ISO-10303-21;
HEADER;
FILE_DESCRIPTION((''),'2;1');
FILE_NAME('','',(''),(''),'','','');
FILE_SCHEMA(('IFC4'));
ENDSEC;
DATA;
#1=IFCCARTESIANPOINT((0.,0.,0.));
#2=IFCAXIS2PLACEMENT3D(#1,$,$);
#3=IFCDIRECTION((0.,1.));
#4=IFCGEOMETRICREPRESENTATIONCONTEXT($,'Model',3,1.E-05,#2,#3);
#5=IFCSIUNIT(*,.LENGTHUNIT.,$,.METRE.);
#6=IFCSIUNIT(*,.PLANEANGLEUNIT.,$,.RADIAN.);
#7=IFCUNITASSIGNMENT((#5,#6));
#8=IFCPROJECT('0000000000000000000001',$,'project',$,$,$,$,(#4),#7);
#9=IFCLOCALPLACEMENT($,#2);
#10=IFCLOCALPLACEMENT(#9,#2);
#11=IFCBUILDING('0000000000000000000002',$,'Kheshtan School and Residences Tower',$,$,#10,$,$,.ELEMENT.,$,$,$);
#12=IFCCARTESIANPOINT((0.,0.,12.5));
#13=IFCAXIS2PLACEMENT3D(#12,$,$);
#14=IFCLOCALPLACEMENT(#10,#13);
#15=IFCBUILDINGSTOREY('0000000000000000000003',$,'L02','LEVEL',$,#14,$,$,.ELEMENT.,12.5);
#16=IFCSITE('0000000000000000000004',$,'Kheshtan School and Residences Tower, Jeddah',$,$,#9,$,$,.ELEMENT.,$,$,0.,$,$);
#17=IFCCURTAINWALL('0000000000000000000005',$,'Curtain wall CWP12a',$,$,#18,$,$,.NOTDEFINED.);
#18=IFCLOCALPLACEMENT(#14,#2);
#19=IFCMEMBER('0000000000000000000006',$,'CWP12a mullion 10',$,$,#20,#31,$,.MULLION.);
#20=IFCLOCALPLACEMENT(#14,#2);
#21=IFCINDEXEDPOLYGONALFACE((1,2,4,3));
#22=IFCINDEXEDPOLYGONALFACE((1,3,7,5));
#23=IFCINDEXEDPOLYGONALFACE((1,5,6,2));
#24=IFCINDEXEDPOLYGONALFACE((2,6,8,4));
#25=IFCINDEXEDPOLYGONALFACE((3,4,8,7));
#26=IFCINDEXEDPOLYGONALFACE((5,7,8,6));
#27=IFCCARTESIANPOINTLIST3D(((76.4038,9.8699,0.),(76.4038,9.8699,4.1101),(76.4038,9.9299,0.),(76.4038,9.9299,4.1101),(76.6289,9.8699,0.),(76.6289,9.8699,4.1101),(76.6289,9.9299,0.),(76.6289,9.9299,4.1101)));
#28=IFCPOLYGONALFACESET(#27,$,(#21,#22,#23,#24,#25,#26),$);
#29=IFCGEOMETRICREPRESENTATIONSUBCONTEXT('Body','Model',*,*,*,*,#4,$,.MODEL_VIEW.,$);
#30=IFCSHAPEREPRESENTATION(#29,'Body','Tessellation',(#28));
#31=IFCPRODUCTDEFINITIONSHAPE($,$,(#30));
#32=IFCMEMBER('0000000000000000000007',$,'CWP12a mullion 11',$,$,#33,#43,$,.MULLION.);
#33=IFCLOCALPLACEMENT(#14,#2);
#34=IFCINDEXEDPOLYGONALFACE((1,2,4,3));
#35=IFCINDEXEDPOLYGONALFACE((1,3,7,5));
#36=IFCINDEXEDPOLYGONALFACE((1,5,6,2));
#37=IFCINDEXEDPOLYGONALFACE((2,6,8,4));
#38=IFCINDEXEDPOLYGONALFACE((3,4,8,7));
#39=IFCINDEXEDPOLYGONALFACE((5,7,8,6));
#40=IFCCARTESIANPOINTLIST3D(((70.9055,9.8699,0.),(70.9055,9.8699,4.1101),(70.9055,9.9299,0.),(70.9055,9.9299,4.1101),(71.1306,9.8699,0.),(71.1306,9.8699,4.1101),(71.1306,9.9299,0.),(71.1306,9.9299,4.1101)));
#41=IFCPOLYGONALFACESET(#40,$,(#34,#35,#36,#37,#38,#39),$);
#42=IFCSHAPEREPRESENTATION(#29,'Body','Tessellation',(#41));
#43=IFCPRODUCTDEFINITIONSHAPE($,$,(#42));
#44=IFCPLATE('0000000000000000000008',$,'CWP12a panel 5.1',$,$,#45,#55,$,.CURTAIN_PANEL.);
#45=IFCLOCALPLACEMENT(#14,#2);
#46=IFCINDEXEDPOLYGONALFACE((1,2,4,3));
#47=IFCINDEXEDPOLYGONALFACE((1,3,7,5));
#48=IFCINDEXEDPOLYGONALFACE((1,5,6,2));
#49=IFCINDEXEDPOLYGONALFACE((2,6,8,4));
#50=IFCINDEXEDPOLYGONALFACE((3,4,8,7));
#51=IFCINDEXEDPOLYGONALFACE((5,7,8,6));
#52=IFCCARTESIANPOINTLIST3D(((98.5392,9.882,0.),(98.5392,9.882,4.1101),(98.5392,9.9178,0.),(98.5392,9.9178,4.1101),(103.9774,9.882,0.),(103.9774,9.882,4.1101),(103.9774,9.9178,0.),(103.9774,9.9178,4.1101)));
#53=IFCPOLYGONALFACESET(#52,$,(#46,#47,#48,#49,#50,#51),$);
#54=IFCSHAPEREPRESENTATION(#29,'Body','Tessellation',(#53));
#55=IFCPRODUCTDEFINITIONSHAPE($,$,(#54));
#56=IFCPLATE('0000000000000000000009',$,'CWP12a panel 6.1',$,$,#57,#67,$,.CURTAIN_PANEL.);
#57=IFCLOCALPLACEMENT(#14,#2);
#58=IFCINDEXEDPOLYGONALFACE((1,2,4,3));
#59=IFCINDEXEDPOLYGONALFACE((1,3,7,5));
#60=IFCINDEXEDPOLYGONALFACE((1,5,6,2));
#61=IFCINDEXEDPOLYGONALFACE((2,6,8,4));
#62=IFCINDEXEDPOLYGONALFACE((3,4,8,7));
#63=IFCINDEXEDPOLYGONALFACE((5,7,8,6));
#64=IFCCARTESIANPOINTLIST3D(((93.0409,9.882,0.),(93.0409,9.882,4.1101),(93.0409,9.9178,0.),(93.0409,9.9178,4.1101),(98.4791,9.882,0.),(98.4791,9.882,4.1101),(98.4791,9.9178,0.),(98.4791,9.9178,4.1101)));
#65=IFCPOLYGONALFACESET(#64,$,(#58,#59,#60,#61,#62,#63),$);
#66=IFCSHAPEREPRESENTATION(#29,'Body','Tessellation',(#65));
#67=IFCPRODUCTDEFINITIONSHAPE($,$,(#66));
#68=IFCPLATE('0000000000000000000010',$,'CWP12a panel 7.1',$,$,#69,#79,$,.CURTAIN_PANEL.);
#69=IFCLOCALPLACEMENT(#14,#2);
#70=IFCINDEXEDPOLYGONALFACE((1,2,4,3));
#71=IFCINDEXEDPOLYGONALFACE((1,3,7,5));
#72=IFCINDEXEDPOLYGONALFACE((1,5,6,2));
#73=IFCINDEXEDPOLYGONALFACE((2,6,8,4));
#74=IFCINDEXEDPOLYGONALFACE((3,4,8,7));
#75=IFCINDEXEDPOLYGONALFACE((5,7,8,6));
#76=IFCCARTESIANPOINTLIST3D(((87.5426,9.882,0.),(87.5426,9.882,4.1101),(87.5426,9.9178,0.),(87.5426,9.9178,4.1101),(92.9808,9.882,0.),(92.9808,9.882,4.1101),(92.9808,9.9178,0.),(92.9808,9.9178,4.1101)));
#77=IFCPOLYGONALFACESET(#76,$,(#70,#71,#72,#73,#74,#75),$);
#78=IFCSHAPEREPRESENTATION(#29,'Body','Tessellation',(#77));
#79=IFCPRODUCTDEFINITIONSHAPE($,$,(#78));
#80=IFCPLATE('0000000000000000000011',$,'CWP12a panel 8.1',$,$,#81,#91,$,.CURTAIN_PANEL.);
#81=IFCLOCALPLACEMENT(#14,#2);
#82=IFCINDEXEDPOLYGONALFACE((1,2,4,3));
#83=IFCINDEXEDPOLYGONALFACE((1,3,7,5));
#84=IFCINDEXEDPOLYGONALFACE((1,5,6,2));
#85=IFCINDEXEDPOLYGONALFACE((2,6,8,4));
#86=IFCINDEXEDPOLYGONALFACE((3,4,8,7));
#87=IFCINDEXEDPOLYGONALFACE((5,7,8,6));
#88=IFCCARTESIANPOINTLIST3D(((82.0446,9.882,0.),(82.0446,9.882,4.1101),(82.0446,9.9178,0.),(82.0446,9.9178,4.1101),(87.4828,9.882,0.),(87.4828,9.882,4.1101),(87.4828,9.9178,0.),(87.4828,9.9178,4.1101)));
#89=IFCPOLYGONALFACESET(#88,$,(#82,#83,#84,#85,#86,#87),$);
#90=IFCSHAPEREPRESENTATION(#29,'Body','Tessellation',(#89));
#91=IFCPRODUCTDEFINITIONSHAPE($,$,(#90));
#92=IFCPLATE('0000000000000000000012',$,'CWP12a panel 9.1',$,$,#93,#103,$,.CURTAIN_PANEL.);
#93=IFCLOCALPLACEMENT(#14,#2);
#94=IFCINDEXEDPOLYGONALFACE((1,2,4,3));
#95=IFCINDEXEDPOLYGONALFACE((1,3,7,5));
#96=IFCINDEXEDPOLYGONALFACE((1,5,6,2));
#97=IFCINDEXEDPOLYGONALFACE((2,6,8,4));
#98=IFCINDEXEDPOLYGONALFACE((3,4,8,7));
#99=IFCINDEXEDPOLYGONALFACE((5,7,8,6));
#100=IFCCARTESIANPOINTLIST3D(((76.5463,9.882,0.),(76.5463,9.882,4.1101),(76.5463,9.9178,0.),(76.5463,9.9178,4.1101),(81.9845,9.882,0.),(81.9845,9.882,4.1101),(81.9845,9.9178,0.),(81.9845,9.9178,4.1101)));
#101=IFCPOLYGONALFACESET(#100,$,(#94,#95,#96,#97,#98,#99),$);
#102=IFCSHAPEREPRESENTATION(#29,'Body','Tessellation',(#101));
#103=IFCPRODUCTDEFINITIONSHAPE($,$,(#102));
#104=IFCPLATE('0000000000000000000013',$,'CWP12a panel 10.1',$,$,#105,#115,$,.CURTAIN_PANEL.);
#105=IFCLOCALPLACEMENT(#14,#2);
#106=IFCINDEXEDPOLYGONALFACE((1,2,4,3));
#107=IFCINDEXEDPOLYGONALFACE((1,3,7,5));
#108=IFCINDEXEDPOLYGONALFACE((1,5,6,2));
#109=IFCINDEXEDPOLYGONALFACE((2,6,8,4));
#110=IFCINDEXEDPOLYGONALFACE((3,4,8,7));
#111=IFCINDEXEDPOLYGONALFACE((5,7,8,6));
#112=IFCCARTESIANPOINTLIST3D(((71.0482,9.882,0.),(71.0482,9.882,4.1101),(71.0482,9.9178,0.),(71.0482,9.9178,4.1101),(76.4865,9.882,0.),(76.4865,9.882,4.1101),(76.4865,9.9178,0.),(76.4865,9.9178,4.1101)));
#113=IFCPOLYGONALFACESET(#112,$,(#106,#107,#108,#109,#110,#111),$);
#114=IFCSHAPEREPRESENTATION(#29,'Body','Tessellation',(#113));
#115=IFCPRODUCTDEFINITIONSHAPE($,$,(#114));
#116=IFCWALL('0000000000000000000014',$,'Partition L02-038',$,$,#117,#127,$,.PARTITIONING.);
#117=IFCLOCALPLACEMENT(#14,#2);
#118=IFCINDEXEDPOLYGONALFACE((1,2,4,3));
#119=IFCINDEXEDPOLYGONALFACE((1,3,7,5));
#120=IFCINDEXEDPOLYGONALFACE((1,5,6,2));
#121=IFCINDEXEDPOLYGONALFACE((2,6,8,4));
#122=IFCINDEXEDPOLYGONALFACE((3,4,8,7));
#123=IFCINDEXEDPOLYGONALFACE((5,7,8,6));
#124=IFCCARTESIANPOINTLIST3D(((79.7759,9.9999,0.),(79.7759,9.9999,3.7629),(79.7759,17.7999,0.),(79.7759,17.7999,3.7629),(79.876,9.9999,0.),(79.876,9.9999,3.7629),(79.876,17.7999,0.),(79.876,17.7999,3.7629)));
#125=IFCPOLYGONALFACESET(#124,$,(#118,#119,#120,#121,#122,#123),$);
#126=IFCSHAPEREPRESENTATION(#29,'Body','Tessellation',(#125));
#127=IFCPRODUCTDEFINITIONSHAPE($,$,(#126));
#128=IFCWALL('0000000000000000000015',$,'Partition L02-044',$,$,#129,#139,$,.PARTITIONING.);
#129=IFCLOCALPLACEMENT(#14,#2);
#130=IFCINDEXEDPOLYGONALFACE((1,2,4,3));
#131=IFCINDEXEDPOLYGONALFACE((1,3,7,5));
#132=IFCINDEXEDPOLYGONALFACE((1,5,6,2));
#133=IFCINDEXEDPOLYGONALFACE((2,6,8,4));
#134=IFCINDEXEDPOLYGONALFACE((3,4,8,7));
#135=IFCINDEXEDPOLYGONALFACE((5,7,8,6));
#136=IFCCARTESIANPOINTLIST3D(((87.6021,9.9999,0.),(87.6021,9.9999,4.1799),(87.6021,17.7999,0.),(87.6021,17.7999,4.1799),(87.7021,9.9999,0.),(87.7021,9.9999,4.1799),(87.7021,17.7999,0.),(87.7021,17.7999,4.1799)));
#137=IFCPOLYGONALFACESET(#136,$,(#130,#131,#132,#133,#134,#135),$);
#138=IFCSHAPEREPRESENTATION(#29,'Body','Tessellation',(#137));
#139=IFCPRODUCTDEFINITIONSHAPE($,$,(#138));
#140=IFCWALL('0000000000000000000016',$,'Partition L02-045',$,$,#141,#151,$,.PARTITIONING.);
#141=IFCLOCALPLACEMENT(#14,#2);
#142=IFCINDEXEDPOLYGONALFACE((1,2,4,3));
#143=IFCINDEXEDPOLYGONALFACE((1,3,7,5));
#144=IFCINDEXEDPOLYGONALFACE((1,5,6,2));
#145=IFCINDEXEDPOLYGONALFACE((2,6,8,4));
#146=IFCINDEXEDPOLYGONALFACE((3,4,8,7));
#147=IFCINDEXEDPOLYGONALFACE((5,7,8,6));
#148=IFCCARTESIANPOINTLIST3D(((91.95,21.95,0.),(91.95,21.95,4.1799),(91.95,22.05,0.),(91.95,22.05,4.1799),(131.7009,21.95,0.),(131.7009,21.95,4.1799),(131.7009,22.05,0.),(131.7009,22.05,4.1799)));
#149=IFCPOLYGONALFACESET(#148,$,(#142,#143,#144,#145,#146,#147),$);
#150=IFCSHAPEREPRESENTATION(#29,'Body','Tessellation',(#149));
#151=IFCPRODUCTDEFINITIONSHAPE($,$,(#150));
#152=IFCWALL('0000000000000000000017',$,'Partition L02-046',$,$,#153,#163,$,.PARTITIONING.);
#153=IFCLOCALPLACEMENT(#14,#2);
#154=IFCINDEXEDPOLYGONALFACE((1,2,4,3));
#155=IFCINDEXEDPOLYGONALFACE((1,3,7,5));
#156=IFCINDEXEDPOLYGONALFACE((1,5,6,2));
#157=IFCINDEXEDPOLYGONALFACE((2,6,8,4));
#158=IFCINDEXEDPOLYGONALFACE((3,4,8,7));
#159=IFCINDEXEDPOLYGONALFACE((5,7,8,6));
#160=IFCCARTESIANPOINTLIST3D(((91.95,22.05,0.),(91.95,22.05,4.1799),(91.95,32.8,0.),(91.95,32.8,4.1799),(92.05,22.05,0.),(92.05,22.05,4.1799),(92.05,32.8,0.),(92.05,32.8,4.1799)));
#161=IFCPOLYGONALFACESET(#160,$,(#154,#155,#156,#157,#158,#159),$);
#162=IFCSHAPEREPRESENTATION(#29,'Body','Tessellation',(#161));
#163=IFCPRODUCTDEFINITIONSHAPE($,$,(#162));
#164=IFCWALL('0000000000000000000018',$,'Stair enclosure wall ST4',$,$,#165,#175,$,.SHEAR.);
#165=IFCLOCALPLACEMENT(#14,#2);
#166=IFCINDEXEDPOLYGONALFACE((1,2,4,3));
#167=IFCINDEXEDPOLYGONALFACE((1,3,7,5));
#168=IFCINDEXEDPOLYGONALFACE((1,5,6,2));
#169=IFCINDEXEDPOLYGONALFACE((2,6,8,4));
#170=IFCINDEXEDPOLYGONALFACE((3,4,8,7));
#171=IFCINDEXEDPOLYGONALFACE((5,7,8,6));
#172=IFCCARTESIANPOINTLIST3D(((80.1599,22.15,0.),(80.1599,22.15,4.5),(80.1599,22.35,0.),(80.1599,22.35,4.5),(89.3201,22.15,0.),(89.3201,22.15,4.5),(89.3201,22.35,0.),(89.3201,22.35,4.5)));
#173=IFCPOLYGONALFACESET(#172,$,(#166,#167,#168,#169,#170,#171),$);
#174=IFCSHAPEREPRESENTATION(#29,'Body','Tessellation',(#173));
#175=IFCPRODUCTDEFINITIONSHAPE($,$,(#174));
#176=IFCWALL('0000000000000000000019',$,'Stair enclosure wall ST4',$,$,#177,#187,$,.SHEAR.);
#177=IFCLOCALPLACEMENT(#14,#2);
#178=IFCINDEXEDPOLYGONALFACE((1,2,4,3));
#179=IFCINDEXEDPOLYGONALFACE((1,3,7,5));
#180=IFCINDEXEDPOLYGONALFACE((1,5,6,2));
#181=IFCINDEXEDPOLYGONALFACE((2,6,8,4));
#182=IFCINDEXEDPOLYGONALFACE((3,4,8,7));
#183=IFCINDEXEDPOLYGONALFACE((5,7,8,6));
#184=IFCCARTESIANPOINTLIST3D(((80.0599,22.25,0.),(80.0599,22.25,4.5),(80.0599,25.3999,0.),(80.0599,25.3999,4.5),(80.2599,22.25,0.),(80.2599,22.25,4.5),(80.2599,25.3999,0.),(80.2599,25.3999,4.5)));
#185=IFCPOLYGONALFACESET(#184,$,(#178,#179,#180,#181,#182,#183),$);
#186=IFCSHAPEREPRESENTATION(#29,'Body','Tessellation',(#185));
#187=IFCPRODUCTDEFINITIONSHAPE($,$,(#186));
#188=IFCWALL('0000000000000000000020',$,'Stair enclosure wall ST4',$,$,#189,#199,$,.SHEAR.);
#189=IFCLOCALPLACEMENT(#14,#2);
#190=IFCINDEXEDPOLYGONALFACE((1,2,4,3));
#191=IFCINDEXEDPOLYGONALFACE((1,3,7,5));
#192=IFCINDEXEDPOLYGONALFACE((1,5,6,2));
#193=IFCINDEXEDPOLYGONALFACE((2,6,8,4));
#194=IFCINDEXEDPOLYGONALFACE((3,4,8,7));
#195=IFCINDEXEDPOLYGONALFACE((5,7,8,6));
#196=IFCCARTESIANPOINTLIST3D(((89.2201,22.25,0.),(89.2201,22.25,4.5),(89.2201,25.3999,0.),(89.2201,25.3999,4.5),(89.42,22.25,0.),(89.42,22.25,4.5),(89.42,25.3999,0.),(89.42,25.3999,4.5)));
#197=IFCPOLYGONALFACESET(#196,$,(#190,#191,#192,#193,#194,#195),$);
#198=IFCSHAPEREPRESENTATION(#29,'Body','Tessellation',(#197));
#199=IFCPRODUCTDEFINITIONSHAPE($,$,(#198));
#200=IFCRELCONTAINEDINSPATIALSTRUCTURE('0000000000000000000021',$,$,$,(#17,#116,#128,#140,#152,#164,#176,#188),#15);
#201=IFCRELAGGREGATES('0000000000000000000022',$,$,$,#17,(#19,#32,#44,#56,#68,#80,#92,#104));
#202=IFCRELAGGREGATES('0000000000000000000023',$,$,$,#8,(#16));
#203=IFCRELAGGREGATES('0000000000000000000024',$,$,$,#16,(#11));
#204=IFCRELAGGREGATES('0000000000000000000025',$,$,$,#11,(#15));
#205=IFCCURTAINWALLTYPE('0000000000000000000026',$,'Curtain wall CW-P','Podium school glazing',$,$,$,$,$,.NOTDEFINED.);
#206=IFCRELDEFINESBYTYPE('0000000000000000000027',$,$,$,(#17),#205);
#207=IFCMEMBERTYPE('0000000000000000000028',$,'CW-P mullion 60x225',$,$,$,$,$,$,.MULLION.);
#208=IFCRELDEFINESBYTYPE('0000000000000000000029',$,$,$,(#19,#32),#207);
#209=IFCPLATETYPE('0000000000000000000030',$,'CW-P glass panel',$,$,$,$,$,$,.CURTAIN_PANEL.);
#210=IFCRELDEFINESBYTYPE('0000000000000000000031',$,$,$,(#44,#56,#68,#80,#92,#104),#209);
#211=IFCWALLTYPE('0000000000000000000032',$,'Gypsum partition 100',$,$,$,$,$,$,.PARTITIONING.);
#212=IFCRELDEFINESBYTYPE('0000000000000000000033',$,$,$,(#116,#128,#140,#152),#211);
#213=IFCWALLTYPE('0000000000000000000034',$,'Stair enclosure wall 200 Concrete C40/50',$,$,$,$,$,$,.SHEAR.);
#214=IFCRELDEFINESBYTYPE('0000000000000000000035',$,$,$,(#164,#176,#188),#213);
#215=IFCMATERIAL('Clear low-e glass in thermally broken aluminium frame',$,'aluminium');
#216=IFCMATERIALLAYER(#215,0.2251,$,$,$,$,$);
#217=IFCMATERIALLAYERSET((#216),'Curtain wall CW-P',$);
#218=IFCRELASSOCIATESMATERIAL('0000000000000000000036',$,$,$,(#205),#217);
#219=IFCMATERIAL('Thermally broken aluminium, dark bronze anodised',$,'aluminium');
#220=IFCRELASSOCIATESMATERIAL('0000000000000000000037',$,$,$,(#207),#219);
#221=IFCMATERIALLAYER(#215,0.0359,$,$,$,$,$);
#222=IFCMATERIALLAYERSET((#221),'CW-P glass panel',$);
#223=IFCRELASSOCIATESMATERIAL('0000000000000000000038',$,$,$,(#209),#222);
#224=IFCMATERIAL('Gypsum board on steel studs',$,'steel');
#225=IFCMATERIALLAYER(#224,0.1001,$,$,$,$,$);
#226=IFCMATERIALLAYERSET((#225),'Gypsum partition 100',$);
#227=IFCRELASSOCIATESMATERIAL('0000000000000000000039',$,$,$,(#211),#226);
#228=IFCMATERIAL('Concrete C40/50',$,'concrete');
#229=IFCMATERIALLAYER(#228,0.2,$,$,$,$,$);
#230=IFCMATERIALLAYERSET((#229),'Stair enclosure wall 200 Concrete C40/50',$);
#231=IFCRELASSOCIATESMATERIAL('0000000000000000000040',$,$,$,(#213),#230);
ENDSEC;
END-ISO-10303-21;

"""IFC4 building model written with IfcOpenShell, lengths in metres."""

from ifc_helpers import new_model, si_unit, direction, frame, frame_2d, origin, origin_2d, place, context, subcontext, project, spatial, rectangle, extrude, material, layer, layer_set, material_profile, profile_set, type_object, element, aggregate, save


model = new_model("IFC4")

# Units and contexts
model_context = context("Model", 3, precision=1e-05, world=origin(), true_north=direction((0.0, 1.0)))
body_context = subcontext(model_context, "Body", "Model", "MODEL_VIEW")
ifc_project = project(units=[si_unit("LENGTHUNIT", "METRE"), si_unit("PLANEANGLEUNIT", "RADIAN")], contexts=[model_context])

# Site, building, storey
site_placement = place(None, origin())
site = spatial("IfcSite", under=ifc_project, at=site_placement, Name="Kheshtan School and Residences Tower, Jeddah", CompositionType="ELEMENT", RefElevation=0.0)
building_placement = place(site_placement, origin())
building = spatial("IfcBuilding", under=site, at=building_placement, Name="Kheshtan School and Residences Tower", CompositionType="ELEMENT")
storey_placement = place(building_placement, frame((0.0, 0.0, 12.5)))
storey = spatial("IfcBuildingStorey", under=building, at=storey_placement, Name="L02", Description="LEVEL", CompositionType="ELEMENT", Elevation=12.5)

# Curtain wall, members, plates
ifc_material_1 = material(Name="Clear low-e glass in thermally broken aluminium frame", Category="aluminium")
ifc_layer_1 = layer(ifc_material_1, 0.2251)
ifc_layer_set_1 = layer_set([ifc_layer_1], Name="Curtain wall CW-P")
curtain_wall_type = type_object("IfcCurtainWallType", Name="Curtain wall CW-P", Description="Podium school glazing", PredefinedType="NOTDEFINED", material=ifc_layer_set_1)
curtain_wall_placement = place(storey_placement, origin())
curtain_wall = element("IfcCurtainWall", 1, at=curtain_wall_placement, inside=storey, type_object=curtain_wall_type, Name="Curtain wall CWP12a", PredefinedType="NOTDEFINED")
ifc_material_2 = material(Name="Thermally broken aluminium, dark bronze anodised", Category="aluminium")
ifc_material_profile_1 = material_profile(ifc_material_2, rectangle(XDim=0.0601, YDim=0.2251, at=origin_2d()), Name="CW-P mullion 60x225")
ifc_profile_set_1 = profile_set([ifc_material_profile_1], Name="Thermally broken aluminium, dark bronze anodised")
member_type = type_object("IfcMemberType", Name="CW-P mullion 60x225", PredefinedType="MULLION", material=ifc_profile_set_1)
member_1_placement = place(storey_placement, frame((76.5164, 9.8999, 0.0), z_axis=(0.0, 0.0, 1.0), x_axis=(0.0, -1.0, 0.0)))
member_1 = element("IfcMember", 2, at=member_1_placement, type_object=member_type, Name="CWP12a mullion 10", PredefinedType="MULLION", context=body_context, shape_type="SweptSolid", body=[
    extrude(rectangle(XDim=0.0601, YDim=0.2251, at=origin_2d()), origin(), (0.0, 0.0, 1.0), 4.1101),
])
member_2_placement = place(storey_placement, frame((71.0181, 9.8999, 0.0), z_axis=(0.0, 0.0, 1.0), x_axis=(0.0, -1.0, 0.0)))
member_2 = element("IfcMember", 3, at=member_2_placement, type_object=member_type, Name="CWP12a mullion 11", PredefinedType="MULLION", context=body_context, shape_type="SweptSolid", body=[
    extrude(rectangle(XDim=0.0601, YDim=0.2251, at=origin_2d()), origin(), (0.0, 0.0, 1.0), 4.1101),
])
ifc_layer_2 = layer(ifc_material_1, 0.0359)
ifc_layer_set_2 = layer_set([ifc_layer_2], Name="CW-P glass panel")
plate_type = type_object("IfcPlateType", Name="CW-P glass panel", PredefinedType="CURTAIN_PANEL", material=ifc_layer_set_2)
plate_1_placement = place(storey_placement, frame((101.2583, 9.8999, 0.0), z_axis=(0.0, 0.0, 1.0), x_axis=(-1.0, 0.0, 0.0)))
plate_1 = element("IfcPlate", 4, at=plate_1_placement, type_object=plate_type, Name="CWP12a panel 5.1", PredefinedType="CURTAIN_PANEL", context=body_context, shape_type="SweptSolid", body=[
    extrude(rectangle(XDim=5.4382, YDim=0.0359, at=origin_2d()), origin(), (0.0, 0.0, 1.0), 4.1101),
])
plate_2_placement = place(storey_placement, frame((95.76, 9.8999, 0.0), z_axis=(0.0, 0.0, 1.0), x_axis=(-1.0, 0.0, 0.0)))
plate_2 = element("IfcPlate", 5, at=plate_2_placement, type_object=plate_type, Name="CWP12a panel 6.1", PredefinedType="CURTAIN_PANEL", context=body_context, shape_type="SweptSolid", body=[
    extrude(rectangle(XDim=5.4382, YDim=0.0359, at=origin_2d()), origin(), (0.0, 0.0, 1.0), 4.1101),
])
plate_3_placement = place(storey_placement, frame((90.2617, 9.8999, 0.0), z_axis=(0.0, 0.0, 1.0), x_axis=(-1.0, 0.0, 0.0)))
plate_3 = element("IfcPlate", 6, at=plate_3_placement, type_object=plate_type, Name="CWP12a panel 7.1", PredefinedType="CURTAIN_PANEL", context=body_context, shape_type="SweptSolid", body=[
    extrude(rectangle(XDim=5.4382, YDim=0.0359, at=origin_2d()), origin(), (0.0, 0.0, 1.0), 4.1101),
])
plate_4_placement = place(storey_placement, frame((84.7637, 9.8999, 0.0), z_axis=(0.0, 0.0, 1.0), x_axis=(-1.0, 0.0, 0.0)))
plate_4 = element("IfcPlate", 7, at=plate_4_placement, type_object=plate_type, Name="CWP12a panel 8.1", PredefinedType="CURTAIN_PANEL", context=body_context, shape_type="SweptSolid", body=[
    extrude(rectangle(XDim=5.4382, YDim=0.0359, at=origin_2d()), origin(), (0.0, 0.0, 1.0), 4.1101),
])
plate_5_placement = place(storey_placement, frame((79.2654, 9.8999, 0.0), z_axis=(0.0, 0.0, 1.0), x_axis=(-1.0, 0.0, 0.0)))
plate_5 = element("IfcPlate", 8, at=plate_5_placement, type_object=plate_type, Name="CWP12a panel 9.1", PredefinedType="CURTAIN_PANEL", context=body_context, shape_type="SweptSolid", body=[
    extrude(rectangle(XDim=5.4382, YDim=0.0359, at=origin_2d()), origin(), (0.0, 0.0, 1.0), 4.1101),
])
plate_6_placement = place(storey_placement, frame((73.7673, 9.8999, 0.0), z_axis=(0.0, 0.0, 1.0), x_axis=(-1.0, 0.0, 0.0)))
plate_6 = element("IfcPlate", 9, at=plate_6_placement, type_object=plate_type, Name="CWP12a panel 10.1", PredefinedType="CURTAIN_PANEL", context=body_context, shape_type="SweptSolid", body=[
    extrude(rectangle(XDim=5.4382, YDim=0.0359, at=origin_2d()), origin(), (0.0, 0.0, 1.0), 4.1101),
])
aggregate(curtain_wall, [member_1, member_2, plate_1, plate_2, plate_3, plate_4, plate_5, plate_6])

# Walls
ifc_material_3 = material(Name="Gypsum board on steel studs", Category="steel")
ifc_layer_3 = layer(ifc_material_3, 0.1001)
ifc_layer_set_3 = layer_set([ifc_layer_3], Name="Gypsum partition 100")
wall_type_1 = type_object("IfcWallType", Name="Gypsum partition 100", PredefinedType="PARTITIONING", material=ifc_layer_set_3)
wall_1_placement = place(storey_placement, frame((79.8259, 10.0, 0.0), z_axis=(0.0, 0.0, 1.0), x_axis=(0.0, 1.0, 0.0)))
element("IfcWall", 10, at=wall_1_placement, inside=storey, type_object=wall_type_1, Name="Partition L02-038", PredefinedType="PARTITIONING", context=body_context, shape_type="SweptSolid", body=[
    extrude(rectangle(XDim=7.8, YDim=0.1001, at=frame_2d((3.8999, 0.0))), origin(), (0.0, 0.0, 1.0), 3.7629),
])
wall_2_placement = place(storey_placement, frame((87.6521, 10.0, 0.0), z_axis=(0.0, 0.0, 1.0), x_axis=(0.0, 1.0, 0.0)))
element("IfcWall", 11, at=wall_2_placement, inside=storey, type_object=wall_type_1, Name="Partition L02-044", PredefinedType="PARTITIONING", context=body_context, shape_type="SweptSolid", body=[
    extrude(rectangle(XDim=7.8, YDim=0.1001, at=frame_2d((3.8999, 0.0))), origin(), (0.0, 0.0, 1.0), 4.1799),
])
wall_3_placement = place(storey_placement, frame((91.95, 22.0, 0.0), z_axis=(0.0, 0.0, 1.0), x_axis=(1.0, 0.0, 0.0)))
element("IfcWall", 12, at=wall_3_placement, inside=storey, type_object=wall_type_1, Name="Partition L02-045", PredefinedType="PARTITIONING", context=body_context, shape_type="SweptSolid", body=[
    extrude(rectangle(XDim=39.751, YDim=0.1001, at=frame_2d((19.8755, 0.0))), origin(), (0.0, 0.0, 1.0), 4.1799),
])
wall_4_placement = place(storey_placement, frame((92.0, 22.05, 0.0), z_axis=(0.0, 0.0, 1.0), x_axis=(0.0, 1.0, 0.0)))
element("IfcWall", 13, at=wall_4_placement, inside=storey, type_object=wall_type_1, Name="Partition L02-046", PredefinedType="PARTITIONING", context=body_context, shape_type="SweptSolid", body=[
    extrude(rectangle(XDim=10.75, YDim=0.1001, at=frame_2d((5.375, 0.0))), origin(), (0.0, 0.0, 1.0), 4.1799),
])
ifc_material_4 = material(Name="Concrete C40/50", Category="concrete")
ifc_layer_4 = layer(ifc_material_4, 0.2)
ifc_layer_set_4 = layer_set([ifc_layer_4], Name="Stair enclosure wall 200 Concrete C40/50")
wall_type_2 = type_object("IfcWallType", Name="Stair enclosure wall 200 Concrete C40/50", PredefinedType="SHEAR", material=ifc_layer_set_4)
wall_5_placement = place(storey_placement, frame((80.1599, 22.25, 0.0), z_axis=(0.0, 0.0, 1.0), x_axis=(1.0, 0.0, 0.0)))
element("IfcWall", 14, at=wall_5_placement, inside=storey, type_object=wall_type_2, Name="Stair enclosure wall ST4", PredefinedType="SHEAR", context=body_context, shape_type="SweptSolid", body=[
    extrude(rectangle(XDim=9.1602, YDim=0.2, at=frame_2d((4.5801, 0.0))), origin(), (0.0, 0.0, 1.0), 4.5),
])
for number, where, z_axis, x_axis, name in (
    (15, (80.1599, 22.25, 0.0), (0.0, 0.0, 1.0), (0.0, 1.0, 0.0), "Stair enclosure wall ST4"),
    (16, (89.3201, 22.25, 0.0), (0.0, 0.0, 1.0), (0.0, 1.0, 0.0), "Stair enclosure wall ST4"),
):
    element("IfcWall", number, at=place(storey_placement, frame(where, z_axis=z_axis, x_axis=x_axis)), inside=storey, type_object=wall_type_2, Name=name, PredefinedType="SHEAR", context=body_context, shape_type="SweptSolid", body=[
        extrude(rectangle(XDim=3.1499, YDim=0.2, at=frame_2d((1.575, 0.0))), origin(), (0.0, 0.0, 1.0), 4.5),
    ])

save(model, "model.ifc")
